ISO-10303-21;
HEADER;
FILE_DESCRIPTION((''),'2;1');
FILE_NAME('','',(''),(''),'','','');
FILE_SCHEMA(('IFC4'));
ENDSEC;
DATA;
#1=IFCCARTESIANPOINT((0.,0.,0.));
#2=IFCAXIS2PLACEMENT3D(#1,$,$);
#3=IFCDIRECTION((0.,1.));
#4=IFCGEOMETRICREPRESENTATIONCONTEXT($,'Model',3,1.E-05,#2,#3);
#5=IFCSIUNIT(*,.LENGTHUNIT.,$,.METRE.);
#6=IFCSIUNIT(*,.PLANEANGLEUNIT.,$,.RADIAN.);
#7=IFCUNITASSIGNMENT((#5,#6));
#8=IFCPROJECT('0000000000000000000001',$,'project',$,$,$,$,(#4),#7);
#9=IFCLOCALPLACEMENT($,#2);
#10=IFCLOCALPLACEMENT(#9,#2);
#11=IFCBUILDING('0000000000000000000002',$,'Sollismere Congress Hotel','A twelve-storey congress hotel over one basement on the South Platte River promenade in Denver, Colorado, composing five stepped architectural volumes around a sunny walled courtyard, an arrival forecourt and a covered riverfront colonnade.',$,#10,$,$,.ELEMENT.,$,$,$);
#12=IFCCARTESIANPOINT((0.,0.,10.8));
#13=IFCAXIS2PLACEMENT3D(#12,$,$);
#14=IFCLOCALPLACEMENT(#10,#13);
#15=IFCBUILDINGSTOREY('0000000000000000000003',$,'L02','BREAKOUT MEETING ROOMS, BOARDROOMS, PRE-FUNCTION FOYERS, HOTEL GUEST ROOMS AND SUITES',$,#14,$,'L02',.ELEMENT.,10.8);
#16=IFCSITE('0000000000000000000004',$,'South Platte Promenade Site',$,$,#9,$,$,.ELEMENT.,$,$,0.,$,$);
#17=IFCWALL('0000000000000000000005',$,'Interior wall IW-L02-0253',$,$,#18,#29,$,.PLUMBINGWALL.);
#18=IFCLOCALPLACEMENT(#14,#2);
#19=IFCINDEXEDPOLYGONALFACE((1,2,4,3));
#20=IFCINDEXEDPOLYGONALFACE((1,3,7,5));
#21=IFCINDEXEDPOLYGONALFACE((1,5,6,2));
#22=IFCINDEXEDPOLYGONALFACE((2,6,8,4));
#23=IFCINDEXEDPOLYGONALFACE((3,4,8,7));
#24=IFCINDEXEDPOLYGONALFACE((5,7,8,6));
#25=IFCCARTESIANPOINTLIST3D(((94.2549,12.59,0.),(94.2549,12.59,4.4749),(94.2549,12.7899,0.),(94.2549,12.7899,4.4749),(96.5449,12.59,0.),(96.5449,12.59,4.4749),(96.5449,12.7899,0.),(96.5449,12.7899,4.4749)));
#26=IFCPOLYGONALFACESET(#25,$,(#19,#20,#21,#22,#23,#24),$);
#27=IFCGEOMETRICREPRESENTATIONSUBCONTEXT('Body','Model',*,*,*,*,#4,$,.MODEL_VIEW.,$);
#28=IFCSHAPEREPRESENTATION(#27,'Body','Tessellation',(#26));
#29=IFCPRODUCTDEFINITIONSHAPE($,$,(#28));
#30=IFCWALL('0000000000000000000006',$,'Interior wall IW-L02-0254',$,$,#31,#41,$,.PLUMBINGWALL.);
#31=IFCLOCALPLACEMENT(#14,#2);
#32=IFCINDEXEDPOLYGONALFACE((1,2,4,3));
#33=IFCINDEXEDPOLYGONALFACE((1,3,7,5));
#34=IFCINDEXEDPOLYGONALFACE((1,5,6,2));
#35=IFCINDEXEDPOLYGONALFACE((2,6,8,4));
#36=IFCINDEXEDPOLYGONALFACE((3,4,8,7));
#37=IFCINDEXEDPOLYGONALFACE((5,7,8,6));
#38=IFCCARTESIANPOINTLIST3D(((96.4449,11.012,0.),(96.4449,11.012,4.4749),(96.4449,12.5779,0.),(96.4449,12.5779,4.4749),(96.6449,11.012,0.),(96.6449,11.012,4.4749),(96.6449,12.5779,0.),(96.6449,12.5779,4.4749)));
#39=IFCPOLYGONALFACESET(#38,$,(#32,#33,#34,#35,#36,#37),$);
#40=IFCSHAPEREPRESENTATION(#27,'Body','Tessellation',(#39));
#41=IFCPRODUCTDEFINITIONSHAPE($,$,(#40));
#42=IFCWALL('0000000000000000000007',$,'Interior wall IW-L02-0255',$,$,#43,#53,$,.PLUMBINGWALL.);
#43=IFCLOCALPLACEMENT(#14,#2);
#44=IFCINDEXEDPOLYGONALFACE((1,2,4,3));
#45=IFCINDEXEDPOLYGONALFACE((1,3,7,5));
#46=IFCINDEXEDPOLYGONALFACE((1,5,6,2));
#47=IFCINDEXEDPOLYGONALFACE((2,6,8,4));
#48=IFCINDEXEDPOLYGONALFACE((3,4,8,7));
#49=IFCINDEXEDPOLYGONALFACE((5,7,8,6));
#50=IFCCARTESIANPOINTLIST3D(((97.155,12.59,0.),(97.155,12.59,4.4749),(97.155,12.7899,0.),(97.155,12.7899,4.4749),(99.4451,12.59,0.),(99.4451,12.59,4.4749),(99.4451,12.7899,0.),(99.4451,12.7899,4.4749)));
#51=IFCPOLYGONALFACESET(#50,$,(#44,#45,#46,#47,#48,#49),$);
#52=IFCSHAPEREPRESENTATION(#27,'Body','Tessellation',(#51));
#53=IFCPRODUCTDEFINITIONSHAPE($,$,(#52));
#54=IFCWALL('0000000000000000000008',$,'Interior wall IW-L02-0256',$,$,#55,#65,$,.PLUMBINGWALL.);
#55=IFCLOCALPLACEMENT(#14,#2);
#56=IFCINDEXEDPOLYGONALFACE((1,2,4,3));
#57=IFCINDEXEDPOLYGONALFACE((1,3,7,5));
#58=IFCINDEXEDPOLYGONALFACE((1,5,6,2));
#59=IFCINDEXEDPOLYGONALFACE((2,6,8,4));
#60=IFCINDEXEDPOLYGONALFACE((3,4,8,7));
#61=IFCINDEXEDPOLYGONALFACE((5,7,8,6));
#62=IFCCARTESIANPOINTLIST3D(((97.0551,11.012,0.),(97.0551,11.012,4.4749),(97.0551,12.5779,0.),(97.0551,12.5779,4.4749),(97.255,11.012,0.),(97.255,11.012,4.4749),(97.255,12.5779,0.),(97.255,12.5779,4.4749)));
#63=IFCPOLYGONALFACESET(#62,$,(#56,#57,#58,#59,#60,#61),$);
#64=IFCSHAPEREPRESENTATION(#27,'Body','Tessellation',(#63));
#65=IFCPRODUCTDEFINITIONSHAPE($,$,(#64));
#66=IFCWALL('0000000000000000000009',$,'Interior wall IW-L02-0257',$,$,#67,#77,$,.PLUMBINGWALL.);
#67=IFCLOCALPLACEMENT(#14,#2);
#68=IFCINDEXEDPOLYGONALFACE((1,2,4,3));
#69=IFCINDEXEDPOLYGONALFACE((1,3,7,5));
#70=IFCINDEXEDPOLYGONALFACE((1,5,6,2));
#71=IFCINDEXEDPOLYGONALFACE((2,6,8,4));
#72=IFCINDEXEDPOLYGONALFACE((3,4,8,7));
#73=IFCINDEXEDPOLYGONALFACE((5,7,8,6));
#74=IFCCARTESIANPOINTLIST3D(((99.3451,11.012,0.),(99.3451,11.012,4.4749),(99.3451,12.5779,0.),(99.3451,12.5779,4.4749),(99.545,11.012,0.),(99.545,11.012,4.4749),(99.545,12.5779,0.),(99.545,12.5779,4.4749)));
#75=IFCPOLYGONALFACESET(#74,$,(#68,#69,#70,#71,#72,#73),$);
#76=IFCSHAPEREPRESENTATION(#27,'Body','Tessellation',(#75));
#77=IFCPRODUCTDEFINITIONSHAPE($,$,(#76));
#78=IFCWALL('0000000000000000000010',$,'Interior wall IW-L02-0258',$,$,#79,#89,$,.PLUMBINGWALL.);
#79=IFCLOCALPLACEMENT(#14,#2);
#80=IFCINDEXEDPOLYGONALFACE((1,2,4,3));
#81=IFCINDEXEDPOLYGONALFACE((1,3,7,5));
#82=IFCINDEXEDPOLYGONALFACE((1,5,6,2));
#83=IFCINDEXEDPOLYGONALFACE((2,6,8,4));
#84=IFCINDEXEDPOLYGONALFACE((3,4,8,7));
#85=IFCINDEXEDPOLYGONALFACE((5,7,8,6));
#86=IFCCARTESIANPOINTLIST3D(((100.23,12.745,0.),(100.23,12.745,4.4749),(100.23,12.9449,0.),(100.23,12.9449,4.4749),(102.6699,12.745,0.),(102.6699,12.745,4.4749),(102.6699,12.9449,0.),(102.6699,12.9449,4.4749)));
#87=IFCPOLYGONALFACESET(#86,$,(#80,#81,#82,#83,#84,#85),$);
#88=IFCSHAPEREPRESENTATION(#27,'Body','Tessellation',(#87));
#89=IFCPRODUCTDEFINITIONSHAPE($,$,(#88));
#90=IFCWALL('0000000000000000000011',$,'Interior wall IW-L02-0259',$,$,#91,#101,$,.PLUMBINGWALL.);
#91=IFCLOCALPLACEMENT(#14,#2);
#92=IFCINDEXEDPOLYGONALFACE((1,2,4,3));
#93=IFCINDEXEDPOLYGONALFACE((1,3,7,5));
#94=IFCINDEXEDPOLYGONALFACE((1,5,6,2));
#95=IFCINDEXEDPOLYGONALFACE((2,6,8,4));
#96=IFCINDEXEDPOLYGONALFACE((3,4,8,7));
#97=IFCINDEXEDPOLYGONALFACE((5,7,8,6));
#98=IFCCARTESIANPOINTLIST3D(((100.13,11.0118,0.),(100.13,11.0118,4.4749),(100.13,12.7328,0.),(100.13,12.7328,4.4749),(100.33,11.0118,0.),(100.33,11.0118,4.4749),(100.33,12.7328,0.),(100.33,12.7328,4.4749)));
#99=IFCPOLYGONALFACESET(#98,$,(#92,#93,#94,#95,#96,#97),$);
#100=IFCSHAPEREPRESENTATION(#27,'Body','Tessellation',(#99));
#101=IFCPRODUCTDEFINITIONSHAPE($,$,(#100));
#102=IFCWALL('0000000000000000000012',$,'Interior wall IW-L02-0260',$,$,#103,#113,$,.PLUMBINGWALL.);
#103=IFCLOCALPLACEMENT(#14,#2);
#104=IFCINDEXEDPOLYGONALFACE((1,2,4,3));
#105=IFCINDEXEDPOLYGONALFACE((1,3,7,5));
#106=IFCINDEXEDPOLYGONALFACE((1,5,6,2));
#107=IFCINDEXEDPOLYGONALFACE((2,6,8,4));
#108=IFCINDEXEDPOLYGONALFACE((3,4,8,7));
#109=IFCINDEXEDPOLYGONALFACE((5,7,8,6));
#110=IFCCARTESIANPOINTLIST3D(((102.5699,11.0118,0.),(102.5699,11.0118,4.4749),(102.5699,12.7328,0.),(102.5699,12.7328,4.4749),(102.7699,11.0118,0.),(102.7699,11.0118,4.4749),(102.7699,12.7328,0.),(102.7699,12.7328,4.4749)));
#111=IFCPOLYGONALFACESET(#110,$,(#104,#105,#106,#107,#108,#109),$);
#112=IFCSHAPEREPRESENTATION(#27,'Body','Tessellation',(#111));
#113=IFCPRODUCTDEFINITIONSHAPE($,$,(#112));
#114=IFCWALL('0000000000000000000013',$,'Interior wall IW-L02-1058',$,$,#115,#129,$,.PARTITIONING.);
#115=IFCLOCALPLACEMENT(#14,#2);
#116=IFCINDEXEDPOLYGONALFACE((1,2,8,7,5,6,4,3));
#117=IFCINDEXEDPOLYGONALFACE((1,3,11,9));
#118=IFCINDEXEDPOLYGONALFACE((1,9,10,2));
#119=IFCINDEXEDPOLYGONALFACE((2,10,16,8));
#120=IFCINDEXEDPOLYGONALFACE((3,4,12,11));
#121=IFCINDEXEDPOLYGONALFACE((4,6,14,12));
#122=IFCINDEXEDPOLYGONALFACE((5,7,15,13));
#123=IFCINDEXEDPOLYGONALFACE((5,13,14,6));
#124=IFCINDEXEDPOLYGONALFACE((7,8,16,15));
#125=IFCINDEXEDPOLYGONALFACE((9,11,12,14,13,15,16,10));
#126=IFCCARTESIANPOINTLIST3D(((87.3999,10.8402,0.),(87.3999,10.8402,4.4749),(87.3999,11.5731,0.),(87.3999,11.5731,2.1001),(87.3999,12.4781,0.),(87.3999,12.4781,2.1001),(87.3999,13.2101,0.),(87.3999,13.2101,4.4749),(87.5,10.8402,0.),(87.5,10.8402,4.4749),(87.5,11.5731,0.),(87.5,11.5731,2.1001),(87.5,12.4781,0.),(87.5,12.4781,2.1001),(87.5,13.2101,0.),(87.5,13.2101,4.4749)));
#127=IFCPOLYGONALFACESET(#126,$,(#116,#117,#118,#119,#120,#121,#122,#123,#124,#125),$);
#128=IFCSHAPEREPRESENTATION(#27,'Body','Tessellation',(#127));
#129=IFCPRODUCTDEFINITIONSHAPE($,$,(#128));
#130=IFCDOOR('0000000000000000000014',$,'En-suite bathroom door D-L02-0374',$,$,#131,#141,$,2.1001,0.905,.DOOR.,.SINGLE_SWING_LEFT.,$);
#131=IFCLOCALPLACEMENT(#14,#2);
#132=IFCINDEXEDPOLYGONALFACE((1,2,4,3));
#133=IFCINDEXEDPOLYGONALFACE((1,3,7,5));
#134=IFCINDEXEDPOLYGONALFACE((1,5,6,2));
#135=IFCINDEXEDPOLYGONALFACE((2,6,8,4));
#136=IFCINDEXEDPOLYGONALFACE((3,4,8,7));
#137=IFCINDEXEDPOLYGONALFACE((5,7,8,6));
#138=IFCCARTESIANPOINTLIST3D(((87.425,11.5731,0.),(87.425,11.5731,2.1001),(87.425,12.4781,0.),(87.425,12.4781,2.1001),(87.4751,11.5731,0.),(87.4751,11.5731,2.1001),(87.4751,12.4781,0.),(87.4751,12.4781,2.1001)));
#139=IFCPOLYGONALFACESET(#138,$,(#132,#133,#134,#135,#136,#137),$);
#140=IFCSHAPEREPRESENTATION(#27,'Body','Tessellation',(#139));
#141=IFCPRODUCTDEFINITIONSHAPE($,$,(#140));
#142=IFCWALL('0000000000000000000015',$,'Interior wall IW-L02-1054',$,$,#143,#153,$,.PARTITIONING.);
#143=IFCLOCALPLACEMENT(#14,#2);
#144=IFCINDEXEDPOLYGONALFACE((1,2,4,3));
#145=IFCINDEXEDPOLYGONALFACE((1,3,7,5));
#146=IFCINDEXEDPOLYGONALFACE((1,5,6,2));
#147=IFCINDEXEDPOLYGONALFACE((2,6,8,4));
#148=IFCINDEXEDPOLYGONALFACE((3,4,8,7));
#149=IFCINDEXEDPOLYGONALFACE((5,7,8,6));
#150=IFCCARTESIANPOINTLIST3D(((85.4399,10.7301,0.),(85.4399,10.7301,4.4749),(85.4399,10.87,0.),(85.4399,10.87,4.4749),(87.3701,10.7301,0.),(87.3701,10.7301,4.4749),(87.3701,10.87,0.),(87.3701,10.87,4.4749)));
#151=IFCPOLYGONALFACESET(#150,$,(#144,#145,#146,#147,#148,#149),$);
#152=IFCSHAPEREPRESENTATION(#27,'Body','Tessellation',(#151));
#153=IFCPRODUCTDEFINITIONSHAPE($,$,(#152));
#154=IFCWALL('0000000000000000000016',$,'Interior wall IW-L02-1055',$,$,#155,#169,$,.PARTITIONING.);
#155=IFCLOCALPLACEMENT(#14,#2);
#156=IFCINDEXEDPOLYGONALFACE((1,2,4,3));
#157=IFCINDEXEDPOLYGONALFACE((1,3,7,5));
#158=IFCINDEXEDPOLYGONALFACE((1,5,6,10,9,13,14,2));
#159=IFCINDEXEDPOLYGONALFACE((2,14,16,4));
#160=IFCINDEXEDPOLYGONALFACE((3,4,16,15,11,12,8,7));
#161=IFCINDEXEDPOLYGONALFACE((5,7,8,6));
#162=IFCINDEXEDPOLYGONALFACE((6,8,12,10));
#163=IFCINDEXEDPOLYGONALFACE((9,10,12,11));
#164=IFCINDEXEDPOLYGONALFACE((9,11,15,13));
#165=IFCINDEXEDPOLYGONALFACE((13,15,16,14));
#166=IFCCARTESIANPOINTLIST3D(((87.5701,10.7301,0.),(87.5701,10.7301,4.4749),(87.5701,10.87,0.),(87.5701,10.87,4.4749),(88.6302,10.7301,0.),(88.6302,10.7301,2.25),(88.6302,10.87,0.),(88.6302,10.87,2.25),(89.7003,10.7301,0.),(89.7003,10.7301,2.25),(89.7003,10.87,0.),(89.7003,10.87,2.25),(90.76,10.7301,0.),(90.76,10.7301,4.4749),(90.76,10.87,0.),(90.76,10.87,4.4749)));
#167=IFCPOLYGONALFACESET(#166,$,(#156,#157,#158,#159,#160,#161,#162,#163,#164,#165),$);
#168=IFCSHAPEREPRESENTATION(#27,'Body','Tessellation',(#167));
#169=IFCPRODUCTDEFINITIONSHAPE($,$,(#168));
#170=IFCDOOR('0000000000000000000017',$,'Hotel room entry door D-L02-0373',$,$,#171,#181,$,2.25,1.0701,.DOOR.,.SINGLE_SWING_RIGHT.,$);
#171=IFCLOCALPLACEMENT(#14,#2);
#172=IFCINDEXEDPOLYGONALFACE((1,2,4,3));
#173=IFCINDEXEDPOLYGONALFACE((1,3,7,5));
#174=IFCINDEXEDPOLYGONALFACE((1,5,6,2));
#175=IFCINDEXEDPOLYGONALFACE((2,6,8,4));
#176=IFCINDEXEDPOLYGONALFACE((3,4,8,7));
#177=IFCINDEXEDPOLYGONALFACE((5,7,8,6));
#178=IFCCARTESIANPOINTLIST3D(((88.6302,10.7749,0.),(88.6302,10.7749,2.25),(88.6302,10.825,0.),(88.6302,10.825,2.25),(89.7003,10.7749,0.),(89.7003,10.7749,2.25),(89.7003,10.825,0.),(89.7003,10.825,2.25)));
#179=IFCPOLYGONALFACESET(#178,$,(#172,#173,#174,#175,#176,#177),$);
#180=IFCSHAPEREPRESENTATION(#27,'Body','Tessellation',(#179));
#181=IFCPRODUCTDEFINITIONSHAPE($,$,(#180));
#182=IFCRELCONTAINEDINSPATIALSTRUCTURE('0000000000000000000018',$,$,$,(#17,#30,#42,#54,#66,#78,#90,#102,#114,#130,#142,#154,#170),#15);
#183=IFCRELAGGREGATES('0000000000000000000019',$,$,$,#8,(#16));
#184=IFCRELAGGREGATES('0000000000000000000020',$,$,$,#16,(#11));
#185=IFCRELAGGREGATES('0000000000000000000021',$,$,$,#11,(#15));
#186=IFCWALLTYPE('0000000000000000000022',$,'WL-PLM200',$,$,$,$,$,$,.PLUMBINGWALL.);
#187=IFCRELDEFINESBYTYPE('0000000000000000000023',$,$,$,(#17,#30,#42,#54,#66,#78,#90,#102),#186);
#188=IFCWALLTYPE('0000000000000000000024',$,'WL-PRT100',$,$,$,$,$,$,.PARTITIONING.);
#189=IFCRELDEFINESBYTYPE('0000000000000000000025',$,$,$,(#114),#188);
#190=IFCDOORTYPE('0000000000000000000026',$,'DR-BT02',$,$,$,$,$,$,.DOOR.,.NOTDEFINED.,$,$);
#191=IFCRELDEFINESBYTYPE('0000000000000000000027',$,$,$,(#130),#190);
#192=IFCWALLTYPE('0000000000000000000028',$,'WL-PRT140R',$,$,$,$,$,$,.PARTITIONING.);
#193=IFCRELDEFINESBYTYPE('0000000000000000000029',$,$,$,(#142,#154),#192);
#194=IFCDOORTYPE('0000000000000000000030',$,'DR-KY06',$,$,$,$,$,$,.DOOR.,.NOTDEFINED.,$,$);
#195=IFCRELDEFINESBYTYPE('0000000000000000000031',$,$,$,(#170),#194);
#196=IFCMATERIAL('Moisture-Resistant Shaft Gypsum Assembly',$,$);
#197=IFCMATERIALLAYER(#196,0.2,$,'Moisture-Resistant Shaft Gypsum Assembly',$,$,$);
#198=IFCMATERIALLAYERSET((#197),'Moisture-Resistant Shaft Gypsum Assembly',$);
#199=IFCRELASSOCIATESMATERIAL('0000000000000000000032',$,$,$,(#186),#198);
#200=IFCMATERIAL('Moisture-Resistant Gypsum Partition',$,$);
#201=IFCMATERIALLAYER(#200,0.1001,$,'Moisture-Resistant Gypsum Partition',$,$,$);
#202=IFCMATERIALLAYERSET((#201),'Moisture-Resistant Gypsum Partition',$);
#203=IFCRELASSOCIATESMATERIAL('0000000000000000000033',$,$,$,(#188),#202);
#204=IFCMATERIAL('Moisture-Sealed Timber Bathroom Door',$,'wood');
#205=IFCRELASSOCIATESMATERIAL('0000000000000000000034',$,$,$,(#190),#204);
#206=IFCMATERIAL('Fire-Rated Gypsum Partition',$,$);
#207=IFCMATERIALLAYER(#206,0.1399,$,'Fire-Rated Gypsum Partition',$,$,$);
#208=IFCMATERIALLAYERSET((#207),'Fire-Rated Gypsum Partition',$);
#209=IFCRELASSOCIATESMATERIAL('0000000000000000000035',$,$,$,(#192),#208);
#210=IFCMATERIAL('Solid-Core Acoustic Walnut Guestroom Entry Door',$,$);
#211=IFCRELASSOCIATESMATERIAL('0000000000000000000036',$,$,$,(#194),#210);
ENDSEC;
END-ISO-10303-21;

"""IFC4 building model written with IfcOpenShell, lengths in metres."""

from ifc_helpers import new_model, si_unit, direction, frame, frame_2d, origin, place, context, subcontext, project, spatial, rectangle, extrude, material, layer, layer_set, type_object, element, fill, save


model = new_model("IFC4")

# Units and contexts
model_context = context("Model", 3, precision=1e-05, world=origin(), true_north=direction((0.0, 1.0)))
body_context = subcontext(model_context, "Body", "Model", "MODEL_VIEW")
ifc_project = project(units=[si_unit("LENGTHUNIT", "METRE"), si_unit("PLANEANGLEUNIT", "RADIAN")], contexts=[model_context])

# Site, building, storey
site_placement = place(None, origin())
site = spatial("IfcSite", under=ifc_project, at=site_placement, Name="South Platte Promenade Site", CompositionType="ELEMENT", RefElevation=0.0)
building_placement = place(site_placement, origin())
building = spatial("IfcBuilding", under=site, at=building_placement, Name="Sollismere Congress Hotel", Description="A twelve-storey congress hotel over one basement on the South Platte River promenade in Denver, Colorado, composing five stepped architectural volumes around a sunny walled courtyard, an arrival forecourt and a covered riverfront colonnade.", CompositionType="ELEMENT")
storey_placement = place(building_placement, frame((0.0, 0.0, 10.8)))
storey = spatial("IfcBuildingStorey", under=building, at=storey_placement, Name="L02", Description="BREAKOUT MEETING ROOMS, BOARDROOMS, PRE-FUNCTION FOYERS, HOTEL GUEST ROOMS AND SUITES", LongName="L02", CompositionType="ELEMENT", Elevation=10.8)

# Walls
ifc_material_1 = material(Name="Moisture-Resistant Shaft Gypsum Assembly")
ifc_layer_1 = layer(ifc_material_1, 0.2, Name="Moisture-Resistant Shaft Gypsum Assembly")
ifc_layer_set_1 = layer_set([ifc_layer_1], Name="Moisture-Resistant Shaft Gypsum Assembly")
wall_type_1 = type_object("IfcWallType", Name="WL-PLM200", PredefinedType="PLUMBINGWALL", material=ifc_layer_set_1)
wall_1_placement = place(storey_placement, frame((94.2549, 12.6899, 0.0), z_axis=(0.0, 0.0, 1.0), x_axis=(1.0, 0.0, 0.0)))
element("IfcWall", 1, at=wall_1_placement, inside=storey, type_object=wall_type_1, Name="Interior wall IW-L02-0253", PredefinedType="PLUMBINGWALL", context=body_context, shape_type="SweptSolid", body=[
    extrude(rectangle(XDim=2.29, YDim=0.2, at=frame_2d((1.145, 0.0))), origin(), (0.0, 0.0, 1.0), 4.4749),
])
wall_2_placement = place(storey_placement, frame((96.5449, 11.012, 0.0), z_axis=(0.0, 0.0, 1.0), x_axis=(0.0, 1.0, 0.0)))
element("IfcWall", 2, at=wall_2_placement, inside=storey, type_object=wall_type_1, Name="Interior wall IW-L02-0254", PredefinedType="PLUMBINGWALL", context=body_context, shape_type="SweptSolid", body=[
    extrude(rectangle(XDim=1.5659, YDim=0.2, at=frame_2d((0.783, 0.0))), origin(), (0.0, 0.0, 1.0), 4.4749),
])
wall_3_placement = place(storey_placement, frame((97.155, 12.6899, 0.0), z_axis=(0.0, 0.0, 1.0), x_axis=(1.0, 0.0, 0.0)))
element("IfcWall", 3, at=wall_3_placement, inside=storey, type_object=wall_type_1, Name="Interior wall IW-L02-0255", PredefinedType="PLUMBINGWALL", context=body_context, shape_type="SweptSolid", body=[
    extrude(rectangle(XDim=2.29, YDim=0.2, at=frame_2d((1.145, 0.0))), origin(), (0.0, 0.0, 1.0), 4.4749),
])
for number, where, z_axis, x_axis, name in (
    (4, (97.155, 11.012, 0.0), (0.0, 0.0, 1.0), (0.0, 1.0, 0.0), "Interior wall IW-L02-0256"),
    (5, (99.4451, 11.012, 0.0), (0.0, 0.0, 1.0), (0.0, 1.0, 0.0), "Interior wall IW-L02-0257"),
):
    element("IfcWall", number, at=place(storey_placement, frame(where, z_axis=z_axis, x_axis=x_axis)), inside=storey, type_object=wall_type_1, Name=name, PredefinedType="PLUMBINGWALL", context=body_context, shape_type="SweptSolid", body=[
        extrude(rectangle(XDim=1.5659, YDim=0.2, at=frame_2d((0.783, 0.0))), origin(), (0.0, 0.0, 1.0), 4.4749),
    ])
wall_4_placement = place(storey_placement, frame((100.23, 12.845, 0.0), z_axis=(0.0, 0.0, 1.0), x_axis=(1.0, 0.0, 0.0)))
element("IfcWall", 6, at=wall_4_placement, inside=storey, type_object=wall_type_1, Name="Interior wall IW-L02-0258", PredefinedType="PLUMBINGWALL", context=body_context, shape_type="SweptSolid", body=[
    extrude(rectangle(XDim=2.4399, YDim=0.2, at=frame_2d((1.22, 0.0))), origin(), (0.0, 0.0, 1.0), 4.4749),
])
for number, where, z_axis, x_axis, name in (
    (7, (100.23, 11.012, 0.0), (0.0, 0.0, 1.0), (0.0, 1.0, 0.0), "Interior wall IW-L02-0259"),
    (8, (102.6699, 11.012, 0.0), (0.0, 0.0, 1.0), (0.0, 1.0, 0.0), "Interior wall IW-L02-0260"),
):
    element("IfcWall", number, at=place(storey_placement, frame(where, z_axis=z_axis, x_axis=x_axis)), inside=storey, type_object=wall_type_1, Name=name, PredefinedType="PLUMBINGWALL", context=body_context, shape_type="SweptSolid", body=[
        extrude(rectangle(XDim=1.7209, YDim=0.2, at=frame_2d((0.8604, 0.0))), origin(), (0.0, 0.0, 1.0), 4.4749),
    ])

# Wall, opening, door
ifc_material_2 = material(Name="Moisture-Resistant Gypsum Partition")
ifc_layer_2 = layer(ifc_material_2, 0.1001, Name="Moisture-Resistant Gypsum Partition")
ifc_layer_set_2 = layer_set([ifc_layer_2], Name="Moisture-Resistant Gypsum Partition")
wall_type_2 = type_object("IfcWallType", Name="WL-PRT100", PredefinedType="PARTITIONING", material=ifc_layer_set_2)
wall_5_placement = place(storey_placement, frame((87.45, 10.8401, 0.0), z_axis=(0.0, 0.0, 1.0), x_axis=(0.0, 1.0, 0.0)))
wall_5 = element("IfcWall", 9, at=wall_5_placement, inside=storey, type_object=wall_type_2, Name="Interior wall IW-L02-1058", PredefinedType="PARTITIONING", context=body_context, shape_type="SweptSolid", body=[
    extrude(rectangle(XDim=2.3699, YDim=0.1001, at=frame_2d((1.1851, 0.0))), origin(), (0.0, 0.0, 1.0), 4.4749),
])
opening_1_placement = place(wall_5_placement, frame((0.7329, 0.0, 0.0)))
opening_1 = element("IfcOpeningElement", 10, at=opening_1_placement, cuts=wall_5, PredefinedType="OPENING", context=body_context, shape_type="SweptSolid", body=[
    extrude(rectangle(XDim=0.905, YDim=2.1001, at=frame_2d((0.4526, 1.05))), frame((0.0, 0.0601, 0.0), z_axis=(0.0, -1.0, 0.0), x_axis=(1.0, 0.0, 0.0)), (0.0, 0.0, 1.0), 0.1201),
])
ifc_material_3 = material(Name="Moisture-Sealed Timber Bathroom Door", Category="wood")
door_type_1 = type_object("IfcDoorType", Name="DR-BT02", OperationType="NOTDEFINED", PredefinedType="DOOR", material=ifc_material_3)
door_1_placement = place(opening_1_placement, origin())
door_1 = element("IfcDoor", 11, at=door_1_placement, inside=storey, type_object=door_type_1, Name="En-suite bathroom door D-L02-0374", OperationType="SINGLE_SWING_LEFT", OverallHeight=2.1001, OverallWidth=0.905, PredefinedType="DOOR", context=body_context, shape_type="SweptSolid", body=[
    extrude(rectangle(XDim=0.905, YDim=2.1001, at=frame_2d((0.4526, 1.05))), frame((0.0, 0.0249, 0.0), z_axis=(0.0, -1.0, 0.0), x_axis=(1.0, 0.0, 0.0)), (0.0, 0.0, 1.0), 0.05),
])
fill(opening_1, door_1)

# Wall
ifc_material_4 = material(Name="Fire-Rated Gypsum Partition")
ifc_layer_3 = layer(ifc_material_4, 0.1399, Name="Fire-Rated Gypsum Partition")
ifc_layer_set_3 = layer_set([ifc_layer_3], Name="Fire-Rated Gypsum Partition")
wall_type_3 = type_object("IfcWallType", Name="WL-PRT140R", PredefinedType="PARTITIONING", material=ifc_layer_set_3)
wall_6_placement = place(storey_placement, frame((85.4399, 10.8, 0.0), z_axis=(0.0, 0.0, 1.0), x_axis=(1.0, 0.0, 0.0)))
element("IfcWall", 12, at=wall_6_placement, inside=storey, type_object=wall_type_3, Name="Interior wall IW-L02-1054", PredefinedType="PARTITIONING", context=body_context, shape_type="SweptSolid", body=[
    extrude(rectangle(XDim=1.9302, YDim=0.1399, at=frame_2d((0.9651, 0.0))), origin(), (0.0, 0.0, 1.0), 4.4749),
])

# Wall, opening, door
wall_7_placement = place(storey_placement, frame((87.5701, 10.8, 0.0), z_axis=(0.0, 0.0, 1.0), x_axis=(1.0, 0.0, 0.0)))
wall_7 = element("IfcWall", 13, at=wall_7_placement, inside=storey, type_object=wall_type_3, Name="Interior wall IW-L02-1055", PredefinedType="PARTITIONING", context=body_context, shape_type="SweptSolid", body=[
    extrude(rectangle(XDim=3.1899, YDim=0.1399, at=frame_2d((1.595, 0.0))), origin(), (0.0, 0.0, 1.0), 4.4749),
])
opening_2_placement = place(wall_7_placement, frame((1.0601, 0.0, 0.0)))
opening_2 = element("IfcOpeningElement", 14, at=opening_2_placement, cuts=wall_7, PredefinedType="OPENING", context=body_context, shape_type="SweptSolid", body=[
    extrude(rectangle(XDim=1.0701, YDim=2.25, at=frame_2d((0.5352, 1.125))), frame((0.0, 0.0798, 0.0), z_axis=(0.0, -1.0, 0.0), x_axis=(1.0, 0.0, 0.0)), (0.0, 0.0, 1.0), 0.1599),
])
ifc_material_5 = material(Name="Solid-Core Acoustic Walnut Guestroom Entry Door")
door_type_2 = type_object("IfcDoorType", Name="DR-KY06", OperationType="NOTDEFINED", PredefinedType="DOOR", material=ifc_material_5)
door_2_placement = place(opening_2_placement, origin())
door_2 = element("IfcDoor", 15, at=door_2_placement, inside=storey, type_object=door_type_2, Name="Hotel room entry door D-L02-0373", OperationType="SINGLE_SWING_RIGHT", OverallHeight=2.25, OverallWidth=1.0701, PredefinedType="DOOR", context=body_context, shape_type="SweptSolid", body=[
    extrude(rectangle(XDim=1.0701, YDim=2.25, at=frame_2d((0.5352, 1.125))), frame((0.0, 0.0249, 0.0), z_axis=(0.0, -1.0, 0.0), x_axis=(1.0, 0.0, 0.0)), (0.0, 0.0, 1.0), 0.05),
])
fill(opening_2, door_2)

save(model, "model.ifc")
